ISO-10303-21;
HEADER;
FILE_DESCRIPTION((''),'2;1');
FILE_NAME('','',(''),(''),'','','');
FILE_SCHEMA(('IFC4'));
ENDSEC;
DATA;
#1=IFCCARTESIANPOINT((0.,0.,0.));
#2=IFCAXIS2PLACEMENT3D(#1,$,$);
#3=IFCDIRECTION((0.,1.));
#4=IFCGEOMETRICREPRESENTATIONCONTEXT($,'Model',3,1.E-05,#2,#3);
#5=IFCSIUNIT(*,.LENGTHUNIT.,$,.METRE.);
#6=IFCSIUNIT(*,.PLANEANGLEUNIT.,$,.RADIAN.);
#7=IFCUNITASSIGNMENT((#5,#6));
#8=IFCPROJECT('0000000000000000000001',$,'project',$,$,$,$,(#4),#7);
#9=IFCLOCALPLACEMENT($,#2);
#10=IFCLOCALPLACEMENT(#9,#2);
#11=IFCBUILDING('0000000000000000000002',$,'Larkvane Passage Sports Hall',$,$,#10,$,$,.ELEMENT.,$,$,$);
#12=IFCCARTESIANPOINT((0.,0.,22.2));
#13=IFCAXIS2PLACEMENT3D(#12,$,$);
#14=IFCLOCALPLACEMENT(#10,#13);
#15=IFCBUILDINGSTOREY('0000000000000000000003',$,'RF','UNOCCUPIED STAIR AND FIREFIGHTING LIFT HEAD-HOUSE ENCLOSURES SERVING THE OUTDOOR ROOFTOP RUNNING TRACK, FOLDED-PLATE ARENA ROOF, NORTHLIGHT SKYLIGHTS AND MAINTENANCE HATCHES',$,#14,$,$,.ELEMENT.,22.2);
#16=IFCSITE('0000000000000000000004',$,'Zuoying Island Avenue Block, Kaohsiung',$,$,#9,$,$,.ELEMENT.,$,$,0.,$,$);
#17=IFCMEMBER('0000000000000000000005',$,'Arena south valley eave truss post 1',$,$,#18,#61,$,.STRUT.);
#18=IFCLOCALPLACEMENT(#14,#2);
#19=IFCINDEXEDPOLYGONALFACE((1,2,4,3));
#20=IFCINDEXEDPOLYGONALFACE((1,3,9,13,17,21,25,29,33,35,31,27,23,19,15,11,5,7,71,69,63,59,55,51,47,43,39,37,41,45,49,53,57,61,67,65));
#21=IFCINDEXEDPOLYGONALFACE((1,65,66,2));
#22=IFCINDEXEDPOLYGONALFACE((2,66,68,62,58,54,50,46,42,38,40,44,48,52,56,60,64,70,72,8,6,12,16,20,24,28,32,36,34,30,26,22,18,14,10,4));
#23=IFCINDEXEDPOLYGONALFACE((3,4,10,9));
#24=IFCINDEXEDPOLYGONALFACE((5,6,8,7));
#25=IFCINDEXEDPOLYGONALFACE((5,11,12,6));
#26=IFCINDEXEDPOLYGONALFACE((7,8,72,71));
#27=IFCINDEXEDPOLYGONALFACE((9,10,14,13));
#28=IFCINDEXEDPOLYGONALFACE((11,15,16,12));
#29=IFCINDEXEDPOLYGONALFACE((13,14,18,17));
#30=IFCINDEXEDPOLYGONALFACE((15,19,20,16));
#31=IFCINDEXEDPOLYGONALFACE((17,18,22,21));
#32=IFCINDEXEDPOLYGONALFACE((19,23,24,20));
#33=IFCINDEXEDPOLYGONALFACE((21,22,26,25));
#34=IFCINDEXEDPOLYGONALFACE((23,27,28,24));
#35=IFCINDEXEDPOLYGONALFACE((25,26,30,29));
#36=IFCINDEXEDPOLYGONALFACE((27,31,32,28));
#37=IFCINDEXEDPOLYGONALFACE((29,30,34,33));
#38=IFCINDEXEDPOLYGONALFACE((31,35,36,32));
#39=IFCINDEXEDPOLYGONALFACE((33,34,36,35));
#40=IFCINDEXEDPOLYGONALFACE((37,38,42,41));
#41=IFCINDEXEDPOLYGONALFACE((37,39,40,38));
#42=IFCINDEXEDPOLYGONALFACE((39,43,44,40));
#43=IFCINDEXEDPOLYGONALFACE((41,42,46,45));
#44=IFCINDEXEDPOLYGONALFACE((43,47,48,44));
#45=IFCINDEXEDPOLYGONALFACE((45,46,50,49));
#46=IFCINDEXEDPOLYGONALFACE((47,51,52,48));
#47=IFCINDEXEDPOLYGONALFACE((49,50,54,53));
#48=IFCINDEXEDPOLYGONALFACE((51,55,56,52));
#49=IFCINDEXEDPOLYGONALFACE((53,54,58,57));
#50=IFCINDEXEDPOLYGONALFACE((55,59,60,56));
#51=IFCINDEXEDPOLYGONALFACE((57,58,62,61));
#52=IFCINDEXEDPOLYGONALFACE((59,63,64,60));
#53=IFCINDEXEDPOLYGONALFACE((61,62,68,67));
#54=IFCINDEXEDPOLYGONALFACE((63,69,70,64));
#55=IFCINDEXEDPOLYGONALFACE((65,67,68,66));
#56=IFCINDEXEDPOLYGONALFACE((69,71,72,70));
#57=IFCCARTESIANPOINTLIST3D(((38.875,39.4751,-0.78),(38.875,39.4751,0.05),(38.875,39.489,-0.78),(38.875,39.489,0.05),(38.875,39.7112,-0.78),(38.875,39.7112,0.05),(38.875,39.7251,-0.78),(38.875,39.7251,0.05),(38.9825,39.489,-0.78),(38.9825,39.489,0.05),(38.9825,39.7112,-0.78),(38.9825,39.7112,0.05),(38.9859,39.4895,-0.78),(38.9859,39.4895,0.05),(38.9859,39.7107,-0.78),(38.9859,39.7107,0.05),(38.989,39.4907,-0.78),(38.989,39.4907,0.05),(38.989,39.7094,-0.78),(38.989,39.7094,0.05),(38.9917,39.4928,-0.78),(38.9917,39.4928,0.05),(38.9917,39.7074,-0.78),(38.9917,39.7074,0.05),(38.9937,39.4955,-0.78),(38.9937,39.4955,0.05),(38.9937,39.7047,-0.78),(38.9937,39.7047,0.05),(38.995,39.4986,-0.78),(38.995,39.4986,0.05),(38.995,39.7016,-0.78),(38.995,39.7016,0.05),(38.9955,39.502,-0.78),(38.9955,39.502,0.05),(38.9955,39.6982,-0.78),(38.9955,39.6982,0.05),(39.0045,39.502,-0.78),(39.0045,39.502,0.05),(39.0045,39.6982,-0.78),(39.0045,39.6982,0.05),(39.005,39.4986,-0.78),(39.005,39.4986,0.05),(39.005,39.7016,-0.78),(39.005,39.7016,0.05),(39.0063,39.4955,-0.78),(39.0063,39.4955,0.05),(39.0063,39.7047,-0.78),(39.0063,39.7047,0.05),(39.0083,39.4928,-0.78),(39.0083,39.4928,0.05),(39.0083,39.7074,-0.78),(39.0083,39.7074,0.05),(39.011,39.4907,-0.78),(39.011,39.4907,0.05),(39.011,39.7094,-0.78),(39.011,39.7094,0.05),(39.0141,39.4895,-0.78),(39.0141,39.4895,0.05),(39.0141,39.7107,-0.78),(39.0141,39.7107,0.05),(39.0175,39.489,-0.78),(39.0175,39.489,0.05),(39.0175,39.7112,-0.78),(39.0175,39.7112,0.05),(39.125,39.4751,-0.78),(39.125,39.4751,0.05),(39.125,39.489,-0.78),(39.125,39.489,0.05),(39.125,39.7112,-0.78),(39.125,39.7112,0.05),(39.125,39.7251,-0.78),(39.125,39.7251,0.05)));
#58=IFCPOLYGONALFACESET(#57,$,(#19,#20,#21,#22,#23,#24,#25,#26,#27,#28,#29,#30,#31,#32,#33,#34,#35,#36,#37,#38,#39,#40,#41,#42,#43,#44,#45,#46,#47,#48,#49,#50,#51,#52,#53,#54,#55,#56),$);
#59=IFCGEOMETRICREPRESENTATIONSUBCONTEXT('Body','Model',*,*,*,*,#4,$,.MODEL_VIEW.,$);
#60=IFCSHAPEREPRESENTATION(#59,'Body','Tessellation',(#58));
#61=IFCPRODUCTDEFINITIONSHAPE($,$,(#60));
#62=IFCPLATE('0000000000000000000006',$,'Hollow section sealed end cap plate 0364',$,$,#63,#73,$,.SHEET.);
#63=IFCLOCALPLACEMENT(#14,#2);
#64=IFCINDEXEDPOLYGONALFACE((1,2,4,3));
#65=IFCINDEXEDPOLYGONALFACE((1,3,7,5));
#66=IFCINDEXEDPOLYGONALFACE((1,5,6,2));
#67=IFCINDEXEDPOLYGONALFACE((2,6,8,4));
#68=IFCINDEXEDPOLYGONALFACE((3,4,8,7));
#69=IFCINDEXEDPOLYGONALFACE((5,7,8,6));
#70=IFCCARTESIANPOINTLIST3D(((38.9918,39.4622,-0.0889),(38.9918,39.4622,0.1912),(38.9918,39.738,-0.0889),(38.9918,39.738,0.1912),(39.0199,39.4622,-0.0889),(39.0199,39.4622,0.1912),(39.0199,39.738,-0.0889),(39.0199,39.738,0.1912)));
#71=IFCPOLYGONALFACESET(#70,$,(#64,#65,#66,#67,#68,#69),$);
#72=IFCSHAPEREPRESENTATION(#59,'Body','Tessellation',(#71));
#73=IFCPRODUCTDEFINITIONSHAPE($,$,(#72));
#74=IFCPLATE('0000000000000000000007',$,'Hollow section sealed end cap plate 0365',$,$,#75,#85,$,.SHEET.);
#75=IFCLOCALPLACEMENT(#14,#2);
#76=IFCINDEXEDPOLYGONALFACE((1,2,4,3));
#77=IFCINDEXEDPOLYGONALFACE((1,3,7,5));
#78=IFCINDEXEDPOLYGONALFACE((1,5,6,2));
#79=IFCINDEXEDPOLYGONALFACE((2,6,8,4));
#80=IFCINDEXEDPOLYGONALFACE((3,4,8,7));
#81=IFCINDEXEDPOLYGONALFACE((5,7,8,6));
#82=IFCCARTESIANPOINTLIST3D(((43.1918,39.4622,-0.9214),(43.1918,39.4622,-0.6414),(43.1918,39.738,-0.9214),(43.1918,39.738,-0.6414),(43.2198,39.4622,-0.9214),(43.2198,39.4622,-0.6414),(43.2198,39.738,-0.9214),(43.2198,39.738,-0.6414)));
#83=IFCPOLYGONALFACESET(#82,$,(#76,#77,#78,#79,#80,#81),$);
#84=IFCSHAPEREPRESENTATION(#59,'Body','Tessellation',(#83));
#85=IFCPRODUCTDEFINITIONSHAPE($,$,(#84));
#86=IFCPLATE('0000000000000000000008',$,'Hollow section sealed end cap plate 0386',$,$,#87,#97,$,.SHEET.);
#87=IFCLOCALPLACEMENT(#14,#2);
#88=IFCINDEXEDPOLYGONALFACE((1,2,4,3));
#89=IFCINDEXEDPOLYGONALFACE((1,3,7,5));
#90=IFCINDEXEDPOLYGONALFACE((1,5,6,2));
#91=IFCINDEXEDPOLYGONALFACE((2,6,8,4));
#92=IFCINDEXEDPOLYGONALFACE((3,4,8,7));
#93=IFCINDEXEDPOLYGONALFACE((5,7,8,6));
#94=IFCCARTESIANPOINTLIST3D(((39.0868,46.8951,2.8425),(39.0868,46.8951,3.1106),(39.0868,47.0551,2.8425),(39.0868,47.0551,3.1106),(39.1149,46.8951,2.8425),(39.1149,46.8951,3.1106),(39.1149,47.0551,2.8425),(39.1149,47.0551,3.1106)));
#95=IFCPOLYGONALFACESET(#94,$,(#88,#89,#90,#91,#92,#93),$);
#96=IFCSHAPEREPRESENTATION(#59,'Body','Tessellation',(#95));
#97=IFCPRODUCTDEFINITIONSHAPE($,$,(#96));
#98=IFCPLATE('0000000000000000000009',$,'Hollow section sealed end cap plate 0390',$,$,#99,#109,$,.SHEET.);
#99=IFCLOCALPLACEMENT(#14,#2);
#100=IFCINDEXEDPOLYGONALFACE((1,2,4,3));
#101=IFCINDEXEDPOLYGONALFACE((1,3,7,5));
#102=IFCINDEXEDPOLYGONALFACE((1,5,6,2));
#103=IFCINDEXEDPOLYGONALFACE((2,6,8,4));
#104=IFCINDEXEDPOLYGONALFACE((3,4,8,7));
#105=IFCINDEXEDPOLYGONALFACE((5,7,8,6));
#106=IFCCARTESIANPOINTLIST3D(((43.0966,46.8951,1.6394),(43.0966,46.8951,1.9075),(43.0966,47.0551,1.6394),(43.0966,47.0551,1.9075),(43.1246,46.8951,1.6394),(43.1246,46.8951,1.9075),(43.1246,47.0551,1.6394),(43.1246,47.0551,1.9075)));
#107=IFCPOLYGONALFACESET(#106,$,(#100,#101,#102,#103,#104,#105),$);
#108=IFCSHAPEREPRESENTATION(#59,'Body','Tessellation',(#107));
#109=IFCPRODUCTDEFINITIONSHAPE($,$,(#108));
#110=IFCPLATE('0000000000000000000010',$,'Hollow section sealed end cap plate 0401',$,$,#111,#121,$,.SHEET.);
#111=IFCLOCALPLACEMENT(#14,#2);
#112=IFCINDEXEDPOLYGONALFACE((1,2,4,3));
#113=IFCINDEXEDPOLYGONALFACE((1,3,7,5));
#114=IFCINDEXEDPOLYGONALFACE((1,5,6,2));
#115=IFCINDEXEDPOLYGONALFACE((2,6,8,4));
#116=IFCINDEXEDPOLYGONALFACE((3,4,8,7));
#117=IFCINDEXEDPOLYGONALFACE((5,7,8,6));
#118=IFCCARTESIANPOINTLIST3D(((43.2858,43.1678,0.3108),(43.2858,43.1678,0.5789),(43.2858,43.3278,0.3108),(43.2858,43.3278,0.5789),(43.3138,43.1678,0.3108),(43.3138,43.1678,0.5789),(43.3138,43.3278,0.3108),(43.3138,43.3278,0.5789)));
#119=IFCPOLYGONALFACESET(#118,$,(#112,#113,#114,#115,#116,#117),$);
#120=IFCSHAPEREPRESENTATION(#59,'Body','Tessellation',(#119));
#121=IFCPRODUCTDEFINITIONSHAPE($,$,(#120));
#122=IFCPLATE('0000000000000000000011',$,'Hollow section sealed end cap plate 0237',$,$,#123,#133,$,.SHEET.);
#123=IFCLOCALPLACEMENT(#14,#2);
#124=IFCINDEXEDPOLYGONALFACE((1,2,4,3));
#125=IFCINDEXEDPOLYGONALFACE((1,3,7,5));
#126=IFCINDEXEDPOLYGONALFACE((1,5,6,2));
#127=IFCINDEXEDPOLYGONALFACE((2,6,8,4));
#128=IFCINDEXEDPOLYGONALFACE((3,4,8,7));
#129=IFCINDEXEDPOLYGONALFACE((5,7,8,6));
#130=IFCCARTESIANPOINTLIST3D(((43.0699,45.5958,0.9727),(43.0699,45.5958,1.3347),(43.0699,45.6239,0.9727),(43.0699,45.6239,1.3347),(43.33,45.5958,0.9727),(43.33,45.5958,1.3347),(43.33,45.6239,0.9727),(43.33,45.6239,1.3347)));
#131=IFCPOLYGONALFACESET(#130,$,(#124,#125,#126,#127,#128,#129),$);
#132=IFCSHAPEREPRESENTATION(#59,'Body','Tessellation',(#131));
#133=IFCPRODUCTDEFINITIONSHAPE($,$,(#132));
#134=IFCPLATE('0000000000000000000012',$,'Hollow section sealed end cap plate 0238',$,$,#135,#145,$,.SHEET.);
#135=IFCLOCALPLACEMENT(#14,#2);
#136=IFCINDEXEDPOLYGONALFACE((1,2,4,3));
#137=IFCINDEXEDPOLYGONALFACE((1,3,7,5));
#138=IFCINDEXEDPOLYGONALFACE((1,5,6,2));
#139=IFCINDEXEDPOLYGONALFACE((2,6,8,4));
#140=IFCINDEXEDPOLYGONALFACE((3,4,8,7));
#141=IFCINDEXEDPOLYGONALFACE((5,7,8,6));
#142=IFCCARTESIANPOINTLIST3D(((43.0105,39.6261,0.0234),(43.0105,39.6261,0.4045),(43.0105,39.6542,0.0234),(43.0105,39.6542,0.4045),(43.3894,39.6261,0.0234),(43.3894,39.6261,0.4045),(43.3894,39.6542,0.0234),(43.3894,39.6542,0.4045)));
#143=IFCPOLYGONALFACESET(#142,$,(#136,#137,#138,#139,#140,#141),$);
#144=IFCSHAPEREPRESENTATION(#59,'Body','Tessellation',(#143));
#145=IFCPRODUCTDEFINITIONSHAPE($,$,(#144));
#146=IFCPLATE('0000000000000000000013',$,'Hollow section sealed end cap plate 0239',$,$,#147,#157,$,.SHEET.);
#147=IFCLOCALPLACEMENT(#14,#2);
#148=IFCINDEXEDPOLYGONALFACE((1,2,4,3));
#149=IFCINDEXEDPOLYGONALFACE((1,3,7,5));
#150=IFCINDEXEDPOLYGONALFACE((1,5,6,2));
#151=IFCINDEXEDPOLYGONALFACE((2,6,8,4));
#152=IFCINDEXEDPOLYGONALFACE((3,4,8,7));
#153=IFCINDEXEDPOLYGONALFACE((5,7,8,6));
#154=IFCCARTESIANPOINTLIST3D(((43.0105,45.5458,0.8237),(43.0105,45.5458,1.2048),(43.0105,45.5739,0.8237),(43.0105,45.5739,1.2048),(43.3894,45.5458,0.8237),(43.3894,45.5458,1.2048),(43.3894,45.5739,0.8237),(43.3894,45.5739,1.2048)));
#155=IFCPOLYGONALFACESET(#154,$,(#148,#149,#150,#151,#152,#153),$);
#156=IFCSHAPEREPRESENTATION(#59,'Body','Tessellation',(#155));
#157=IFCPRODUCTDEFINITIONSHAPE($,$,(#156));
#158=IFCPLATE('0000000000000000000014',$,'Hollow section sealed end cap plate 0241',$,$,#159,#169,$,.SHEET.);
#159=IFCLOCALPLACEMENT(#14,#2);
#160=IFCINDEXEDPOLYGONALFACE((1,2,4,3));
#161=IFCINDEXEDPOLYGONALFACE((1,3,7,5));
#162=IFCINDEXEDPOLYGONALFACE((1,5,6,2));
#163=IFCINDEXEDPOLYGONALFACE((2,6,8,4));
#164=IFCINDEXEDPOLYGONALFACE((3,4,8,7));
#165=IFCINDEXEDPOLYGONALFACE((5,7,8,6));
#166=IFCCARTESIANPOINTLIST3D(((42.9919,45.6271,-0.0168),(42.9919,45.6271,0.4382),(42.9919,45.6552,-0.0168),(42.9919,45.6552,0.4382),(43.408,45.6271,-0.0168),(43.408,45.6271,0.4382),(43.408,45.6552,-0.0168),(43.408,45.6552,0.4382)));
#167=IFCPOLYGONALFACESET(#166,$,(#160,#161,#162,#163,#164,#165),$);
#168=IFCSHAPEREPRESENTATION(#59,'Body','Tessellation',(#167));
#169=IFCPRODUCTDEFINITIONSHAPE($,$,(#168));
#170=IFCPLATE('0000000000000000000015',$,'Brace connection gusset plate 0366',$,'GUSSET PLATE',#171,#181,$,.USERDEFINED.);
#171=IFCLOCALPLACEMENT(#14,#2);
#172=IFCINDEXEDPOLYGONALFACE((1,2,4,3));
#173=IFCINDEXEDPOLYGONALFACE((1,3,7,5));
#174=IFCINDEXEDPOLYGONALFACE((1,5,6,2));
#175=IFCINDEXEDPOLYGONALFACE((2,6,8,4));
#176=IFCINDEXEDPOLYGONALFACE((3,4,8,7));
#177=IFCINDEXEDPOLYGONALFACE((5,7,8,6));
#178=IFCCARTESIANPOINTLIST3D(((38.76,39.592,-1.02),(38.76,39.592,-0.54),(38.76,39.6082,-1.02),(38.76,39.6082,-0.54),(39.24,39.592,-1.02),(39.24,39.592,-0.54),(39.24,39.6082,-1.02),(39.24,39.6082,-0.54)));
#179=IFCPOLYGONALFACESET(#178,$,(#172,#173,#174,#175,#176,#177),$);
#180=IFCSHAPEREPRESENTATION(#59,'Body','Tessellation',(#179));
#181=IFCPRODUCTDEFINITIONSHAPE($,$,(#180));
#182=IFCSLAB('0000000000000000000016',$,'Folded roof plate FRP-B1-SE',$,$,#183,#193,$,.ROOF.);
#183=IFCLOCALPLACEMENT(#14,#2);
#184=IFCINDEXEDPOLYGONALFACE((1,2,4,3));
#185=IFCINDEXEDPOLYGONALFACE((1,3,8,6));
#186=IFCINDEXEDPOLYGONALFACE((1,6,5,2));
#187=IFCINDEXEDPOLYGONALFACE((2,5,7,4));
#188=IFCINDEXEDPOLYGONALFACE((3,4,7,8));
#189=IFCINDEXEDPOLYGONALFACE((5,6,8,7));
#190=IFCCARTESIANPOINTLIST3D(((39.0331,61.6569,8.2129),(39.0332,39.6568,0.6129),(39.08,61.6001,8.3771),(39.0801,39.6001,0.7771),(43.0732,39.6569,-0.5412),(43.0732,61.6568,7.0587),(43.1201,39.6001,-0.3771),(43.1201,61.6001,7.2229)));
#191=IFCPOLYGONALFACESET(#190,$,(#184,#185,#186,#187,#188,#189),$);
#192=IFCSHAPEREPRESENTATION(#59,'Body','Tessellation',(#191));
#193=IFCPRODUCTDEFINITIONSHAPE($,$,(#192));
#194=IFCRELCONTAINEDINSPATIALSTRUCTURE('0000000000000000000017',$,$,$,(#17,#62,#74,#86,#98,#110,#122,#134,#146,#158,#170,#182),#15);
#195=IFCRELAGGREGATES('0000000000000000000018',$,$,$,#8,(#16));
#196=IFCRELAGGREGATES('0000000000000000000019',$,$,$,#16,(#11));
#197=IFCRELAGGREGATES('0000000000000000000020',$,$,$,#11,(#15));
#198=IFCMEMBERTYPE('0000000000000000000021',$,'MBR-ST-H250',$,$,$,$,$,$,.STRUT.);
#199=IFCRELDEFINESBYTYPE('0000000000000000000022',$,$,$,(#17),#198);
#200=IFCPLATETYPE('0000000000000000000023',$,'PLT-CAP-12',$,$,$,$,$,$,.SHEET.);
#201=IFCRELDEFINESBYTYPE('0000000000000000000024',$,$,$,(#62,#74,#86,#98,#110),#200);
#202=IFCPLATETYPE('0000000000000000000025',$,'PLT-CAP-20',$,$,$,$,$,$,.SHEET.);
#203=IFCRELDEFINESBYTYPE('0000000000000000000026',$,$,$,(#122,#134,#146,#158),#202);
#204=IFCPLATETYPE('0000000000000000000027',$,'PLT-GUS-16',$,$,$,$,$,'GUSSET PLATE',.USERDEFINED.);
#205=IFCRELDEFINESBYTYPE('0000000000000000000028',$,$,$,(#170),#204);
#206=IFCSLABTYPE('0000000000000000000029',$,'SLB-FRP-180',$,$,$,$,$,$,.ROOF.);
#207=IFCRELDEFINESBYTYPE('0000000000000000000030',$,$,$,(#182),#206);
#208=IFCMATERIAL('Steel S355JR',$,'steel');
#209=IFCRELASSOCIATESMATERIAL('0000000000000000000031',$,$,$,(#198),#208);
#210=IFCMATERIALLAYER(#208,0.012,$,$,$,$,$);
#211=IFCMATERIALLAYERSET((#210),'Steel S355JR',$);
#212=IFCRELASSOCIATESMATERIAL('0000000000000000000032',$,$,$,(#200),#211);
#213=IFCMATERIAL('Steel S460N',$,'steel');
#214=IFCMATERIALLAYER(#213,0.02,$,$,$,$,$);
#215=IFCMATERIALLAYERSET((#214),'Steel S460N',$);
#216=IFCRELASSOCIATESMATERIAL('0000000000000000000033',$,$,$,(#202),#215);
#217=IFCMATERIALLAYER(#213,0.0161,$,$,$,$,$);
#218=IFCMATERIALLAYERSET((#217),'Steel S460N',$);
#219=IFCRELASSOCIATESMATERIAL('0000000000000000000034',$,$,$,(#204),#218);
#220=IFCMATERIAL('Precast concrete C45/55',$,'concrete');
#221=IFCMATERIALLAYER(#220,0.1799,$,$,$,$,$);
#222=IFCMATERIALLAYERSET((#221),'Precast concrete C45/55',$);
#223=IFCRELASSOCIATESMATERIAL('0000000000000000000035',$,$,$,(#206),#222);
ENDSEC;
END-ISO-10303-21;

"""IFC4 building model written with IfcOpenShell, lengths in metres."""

from ifc_helpers import new_model, si_unit, direction, frame, origin, origin_2d, place, context, subcontext, project, spatial, polyline, rectangle, i_section, outline, extrude, material, layer, layer_set, material_profile, profile_set, type_object, element, save


model = new_model("IFC4")

# Units and contexts
model_context = context("Model", 3, precision=1e-05, world=origin(), true_north=direction((0.0, 1.0)))
body_context = subcontext(model_context, "Body", "Model", "MODEL_VIEW")
ifc_project = project(units=[si_unit("LENGTHUNIT", "METRE"), si_unit("PLANEANGLEUNIT", "RADIAN")], contexts=[model_context])

# Site, building, storey
site_placement = place(None, origin())
site = spatial("IfcSite", under=ifc_project, at=site_placement, Name="Zuoying Island Avenue Block, Kaohsiung", CompositionType="ELEMENT", RefElevation=0.0)
building_placement = place(site_placement, origin())
building = spatial("IfcBuilding", under=site, at=building_placement, Name="Larkvane Passage Sports Hall", CompositionType="ELEMENT")
storey_placement = place(building_placement, frame((0.0, 0.0, 22.2)))
storey = spatial("IfcBuildingStorey", under=building, at=storey_placement, Name="RF", Description="UNOCCUPIED STAIR AND FIREFIGHTING LIFT HEAD-HOUSE ENCLOSURES SERVING THE OUTDOOR ROOFTOP RUNNING TRACK, FOLDED-PLATE ARENA ROOF, NORTHLIGHT SKYLIGHTS AND MAINTENANCE HATCHES", CompositionType="ELEMENT", Elevation=22.2)

# Member
ifc_material_1 = material(Name="Steel S355JR", Category="steel")
ifc_material_2 = material(Name="Steel S460N", Category="steel")
ifc_material_profile_1 = material_profile(ifc_material_1, i_section(OverallWidth=0.25, OverallDepth=0.25, WebThickness=0.009, FlangeThickness=0.0139, FilletRadius=0.0129, at=origin_2d()), Name="H-250x250x9x14")
ifc_profile_set_1 = profile_set([ifc_material_profile_1], Name="Steel S355JR")
member_type_1 = type_object("IfcMemberType", Name="MBR-ST-H250", PredefinedType="STRUT", material=ifc_profile_set_1)
member_1_placement = place(storey_placement, frame((39.0, 39.6001, -0.78), z_axis=(0.0, 0.0, 1.0), x_axis=(1.0, 0.0, 0.0)))
element("IfcMember", 1, at=member_1_placement, inside=storey, type_object=member_type_1, Name="Arena south valley eave truss post 1", PredefinedType="STRUT", context=body_context, shape_type="SweptSolid", body=[
    extrude(i_section(OverallWidth=0.25, OverallDepth=0.25, WebThickness=0.009, FlangeThickness=0.0139, FilletRadius=0.0129, at=origin_2d()), origin(), (0.0, 0.0, 1.0), 0.8301),
])

# Plates
ifc_layer_1 = layer(ifc_material_1, 0.012)
ifc_layer_set_1 = layer_set([ifc_layer_1], Name="Steel S355JR")
plate_type_1 = type_object("IfcPlateType", Name="PLT-CAP-12", PredefinedType="SHEET", material=ifc_layer_set_1)
for number, where, z_axis, x_axis, name in (
    (2, (39.0059, 39.6001, -0.0889), (0.0, 0.0, 1.0), (0.0, 1.0, 0.0), "Hollow section sealed end cap plate 0364"),
    (3, (43.2058, 39.6001, -0.9214), (0.0, 0.0, 1.0), (0.0, 1.0, 0.0), "Hollow section sealed end cap plate 0365"),
):
    element("IfcPlate", number, at=place(storey_placement, frame(where, z_axis=z_axis, x_axis=x_axis)), inside=storey, type_object=plate_type_1, Name=name, PredefinedType="SHEET", context=body_context, shape_type="SweptSolid", body=[
        extrude(rectangle(XDim=0.2759, YDim=0.0281, at=origin_2d()), origin(), (0.0, 0.0, 1.0), 0.28),
    ])
for number, where, z_axis, x_axis, name in (
    (4, (39.1008, 46.9751, 2.8425), (0.0, 0.0, 1.0), (0.0, 1.0, 0.0), "Hollow section sealed end cap plate 0386"),
    (5, (43.1106, 46.9751, 1.6394), (0.0, 0.0, 1.0), (0.0, 1.0, 0.0), "Hollow section sealed end cap plate 0390"),
    (6, (43.2998, 43.2478, 0.3108), (0.0, 0.0, 1.0), (0.0, 1.0, 0.0), "Hollow section sealed end cap plate 0401"),
):
    element("IfcPlate", number, at=place(storey_placement, frame(where, z_axis=z_axis, x_axis=x_axis)), inside=storey, type_object=plate_type_1, Name=name, PredefinedType="SHEET", context=body_context, shape_type="SweptSolid", body=[
        extrude(rectangle(XDim=0.1599, YDim=0.0281, at=origin_2d()), origin(), (0.0, 0.0, 1.0), 0.2681),
    ])
ifc_layer_2 = layer(ifc_material_2, 0.02)
ifc_layer_set_2 = layer_set([ifc_layer_2], Name="Steel S460N")
plate_type_2 = type_object("IfcPlateType", Name="PLT-CAP-20", PredefinedType="SHEET", material=ifc_layer_set_2)
plate_1_placement = place(storey_placement, frame((43.2, 45.6099, 0.9727), z_axis=(0.0, 0.0, 1.0), x_axis=(-1.0, 0.0, 0.0)))
element("IfcPlate", 7, at=plate_1_placement, inside=storey, type_object=plate_type_2, Name="Hollow section sealed end cap plate 0237", PredefinedType="SHEET", context=body_context, shape_type="SweptSolid", body=[
    extrude(rectangle(XDim=0.26, YDim=0.0281, at=origin_2d()), origin(), (0.0, 0.0, 1.0), 0.3621),
])
for number, where, z_axis, x_axis, name in (
    (8, (43.2, 39.6401, 0.0234), (0.0, 0.0, 1.0), (-1.0, 0.0, 0.0), "Hollow section sealed end cap plate 0238"),
    (9, (43.2, 45.5598, 0.8237), (0.0, 0.0, 1.0), (-1.0, 0.0, 0.0), "Hollow section sealed end cap plate 0239"),
):
    element("IfcPlate", number, at=place(storey_placement, frame(where, z_axis=z_axis, x_axis=x_axis)), inside=storey, type_object=plate_type_2, Name=name, PredefinedType="SHEET", context=body_context, shape_type="SweptSolid", body=[
        extrude(rectangle(XDim=0.3789, YDim=0.0281, at=origin_2d()), origin(), (0.0, 0.0, 1.0), 0.3811),
    ])
plate_2_placement = place(storey_placement, frame((43.2, 45.6411, -0.0168), z_axis=(0.0, 0.0, 1.0), x_axis=(-1.0, 0.0, 0.0)))
element("IfcPlate", 10, at=plate_2_placement, inside=storey, type_object=plate_type_2, Name="Hollow section sealed end cap plate 0241", PredefinedType="SHEET", context=body_context, shape_type="SweptSolid", body=[
    extrude(rectangle(XDim=0.416, YDim=0.0281, at=origin_2d()), origin(), (0.0, 0.0, 1.0), 0.4551),
])
ifc_layer_3 = layer(ifc_material_2, 0.0161)
ifc_layer_set_3 = layer_set([ifc_layer_3], Name="Steel S460N")
plate_type_3 = type_object("IfcPlateType", Name="PLT-GUS-16", ElementType="GUSSET PLATE", PredefinedType="USERDEFINED", material=ifc_layer_set_3)
plate_3_placement = place(storey_placement, frame((39.0, 39.6001, -1.02), z_axis=(0.0, 0.0, 1.0), x_axis=(1.0, 0.0, 0.0)))
element("IfcPlate", 11, at=plate_3_placement, inside=storey, type_object=plate_type_3, Name="Brace connection gusset plate 0366", ObjectType="GUSSET PLATE", PredefinedType="USERDEFINED", context=body_context, shape_type="SweptSolid", body=[
    extrude(rectangle(XDim=0.48, YDim=0.0161, at=origin_2d()), origin(), (0.0, 0.0, 1.0), 0.48),
])

# Slab
ifc_material_3 = material(Name="Precast concrete C45/55", Category="concrete")
ifc_layer_4 = layer(ifc_material_3, 0.1799)
ifc_layer_set_4 = layer_set([ifc_layer_4], Name="Precast concrete C45/55")
slab_type_1 = type_object("IfcSlabType", Name="SLB-FRP-180", PredefinedType="ROOF", material=ifc_layer_set_4)
slab_1_placement = place(storey_placement, frame((39.0801, 39.6001, 0.7771), z_axis=(0.260689, -0.315229, 0.912508), x_axis=(0.961532, 0.000008, -0.274692)))
element("IfcSlab", 12, at=slab_1_placement, inside=storey, type_object=slab_type_1, Name="Folded roof plate FRP-B1-SE", PredefinedType="ROOF", context=body_context, shape_type="SweptSolid", body=[
    extrude(outline(polyline([(0.0, 0.0), (4.2016, 0.0), (2.1142, 23.1819), (-2.0875, 23.182), (0.0, 0.0)])), origin(), (0.0, 0.0, -1.0), 0.1799),
])

save(model, "model.ifc")
